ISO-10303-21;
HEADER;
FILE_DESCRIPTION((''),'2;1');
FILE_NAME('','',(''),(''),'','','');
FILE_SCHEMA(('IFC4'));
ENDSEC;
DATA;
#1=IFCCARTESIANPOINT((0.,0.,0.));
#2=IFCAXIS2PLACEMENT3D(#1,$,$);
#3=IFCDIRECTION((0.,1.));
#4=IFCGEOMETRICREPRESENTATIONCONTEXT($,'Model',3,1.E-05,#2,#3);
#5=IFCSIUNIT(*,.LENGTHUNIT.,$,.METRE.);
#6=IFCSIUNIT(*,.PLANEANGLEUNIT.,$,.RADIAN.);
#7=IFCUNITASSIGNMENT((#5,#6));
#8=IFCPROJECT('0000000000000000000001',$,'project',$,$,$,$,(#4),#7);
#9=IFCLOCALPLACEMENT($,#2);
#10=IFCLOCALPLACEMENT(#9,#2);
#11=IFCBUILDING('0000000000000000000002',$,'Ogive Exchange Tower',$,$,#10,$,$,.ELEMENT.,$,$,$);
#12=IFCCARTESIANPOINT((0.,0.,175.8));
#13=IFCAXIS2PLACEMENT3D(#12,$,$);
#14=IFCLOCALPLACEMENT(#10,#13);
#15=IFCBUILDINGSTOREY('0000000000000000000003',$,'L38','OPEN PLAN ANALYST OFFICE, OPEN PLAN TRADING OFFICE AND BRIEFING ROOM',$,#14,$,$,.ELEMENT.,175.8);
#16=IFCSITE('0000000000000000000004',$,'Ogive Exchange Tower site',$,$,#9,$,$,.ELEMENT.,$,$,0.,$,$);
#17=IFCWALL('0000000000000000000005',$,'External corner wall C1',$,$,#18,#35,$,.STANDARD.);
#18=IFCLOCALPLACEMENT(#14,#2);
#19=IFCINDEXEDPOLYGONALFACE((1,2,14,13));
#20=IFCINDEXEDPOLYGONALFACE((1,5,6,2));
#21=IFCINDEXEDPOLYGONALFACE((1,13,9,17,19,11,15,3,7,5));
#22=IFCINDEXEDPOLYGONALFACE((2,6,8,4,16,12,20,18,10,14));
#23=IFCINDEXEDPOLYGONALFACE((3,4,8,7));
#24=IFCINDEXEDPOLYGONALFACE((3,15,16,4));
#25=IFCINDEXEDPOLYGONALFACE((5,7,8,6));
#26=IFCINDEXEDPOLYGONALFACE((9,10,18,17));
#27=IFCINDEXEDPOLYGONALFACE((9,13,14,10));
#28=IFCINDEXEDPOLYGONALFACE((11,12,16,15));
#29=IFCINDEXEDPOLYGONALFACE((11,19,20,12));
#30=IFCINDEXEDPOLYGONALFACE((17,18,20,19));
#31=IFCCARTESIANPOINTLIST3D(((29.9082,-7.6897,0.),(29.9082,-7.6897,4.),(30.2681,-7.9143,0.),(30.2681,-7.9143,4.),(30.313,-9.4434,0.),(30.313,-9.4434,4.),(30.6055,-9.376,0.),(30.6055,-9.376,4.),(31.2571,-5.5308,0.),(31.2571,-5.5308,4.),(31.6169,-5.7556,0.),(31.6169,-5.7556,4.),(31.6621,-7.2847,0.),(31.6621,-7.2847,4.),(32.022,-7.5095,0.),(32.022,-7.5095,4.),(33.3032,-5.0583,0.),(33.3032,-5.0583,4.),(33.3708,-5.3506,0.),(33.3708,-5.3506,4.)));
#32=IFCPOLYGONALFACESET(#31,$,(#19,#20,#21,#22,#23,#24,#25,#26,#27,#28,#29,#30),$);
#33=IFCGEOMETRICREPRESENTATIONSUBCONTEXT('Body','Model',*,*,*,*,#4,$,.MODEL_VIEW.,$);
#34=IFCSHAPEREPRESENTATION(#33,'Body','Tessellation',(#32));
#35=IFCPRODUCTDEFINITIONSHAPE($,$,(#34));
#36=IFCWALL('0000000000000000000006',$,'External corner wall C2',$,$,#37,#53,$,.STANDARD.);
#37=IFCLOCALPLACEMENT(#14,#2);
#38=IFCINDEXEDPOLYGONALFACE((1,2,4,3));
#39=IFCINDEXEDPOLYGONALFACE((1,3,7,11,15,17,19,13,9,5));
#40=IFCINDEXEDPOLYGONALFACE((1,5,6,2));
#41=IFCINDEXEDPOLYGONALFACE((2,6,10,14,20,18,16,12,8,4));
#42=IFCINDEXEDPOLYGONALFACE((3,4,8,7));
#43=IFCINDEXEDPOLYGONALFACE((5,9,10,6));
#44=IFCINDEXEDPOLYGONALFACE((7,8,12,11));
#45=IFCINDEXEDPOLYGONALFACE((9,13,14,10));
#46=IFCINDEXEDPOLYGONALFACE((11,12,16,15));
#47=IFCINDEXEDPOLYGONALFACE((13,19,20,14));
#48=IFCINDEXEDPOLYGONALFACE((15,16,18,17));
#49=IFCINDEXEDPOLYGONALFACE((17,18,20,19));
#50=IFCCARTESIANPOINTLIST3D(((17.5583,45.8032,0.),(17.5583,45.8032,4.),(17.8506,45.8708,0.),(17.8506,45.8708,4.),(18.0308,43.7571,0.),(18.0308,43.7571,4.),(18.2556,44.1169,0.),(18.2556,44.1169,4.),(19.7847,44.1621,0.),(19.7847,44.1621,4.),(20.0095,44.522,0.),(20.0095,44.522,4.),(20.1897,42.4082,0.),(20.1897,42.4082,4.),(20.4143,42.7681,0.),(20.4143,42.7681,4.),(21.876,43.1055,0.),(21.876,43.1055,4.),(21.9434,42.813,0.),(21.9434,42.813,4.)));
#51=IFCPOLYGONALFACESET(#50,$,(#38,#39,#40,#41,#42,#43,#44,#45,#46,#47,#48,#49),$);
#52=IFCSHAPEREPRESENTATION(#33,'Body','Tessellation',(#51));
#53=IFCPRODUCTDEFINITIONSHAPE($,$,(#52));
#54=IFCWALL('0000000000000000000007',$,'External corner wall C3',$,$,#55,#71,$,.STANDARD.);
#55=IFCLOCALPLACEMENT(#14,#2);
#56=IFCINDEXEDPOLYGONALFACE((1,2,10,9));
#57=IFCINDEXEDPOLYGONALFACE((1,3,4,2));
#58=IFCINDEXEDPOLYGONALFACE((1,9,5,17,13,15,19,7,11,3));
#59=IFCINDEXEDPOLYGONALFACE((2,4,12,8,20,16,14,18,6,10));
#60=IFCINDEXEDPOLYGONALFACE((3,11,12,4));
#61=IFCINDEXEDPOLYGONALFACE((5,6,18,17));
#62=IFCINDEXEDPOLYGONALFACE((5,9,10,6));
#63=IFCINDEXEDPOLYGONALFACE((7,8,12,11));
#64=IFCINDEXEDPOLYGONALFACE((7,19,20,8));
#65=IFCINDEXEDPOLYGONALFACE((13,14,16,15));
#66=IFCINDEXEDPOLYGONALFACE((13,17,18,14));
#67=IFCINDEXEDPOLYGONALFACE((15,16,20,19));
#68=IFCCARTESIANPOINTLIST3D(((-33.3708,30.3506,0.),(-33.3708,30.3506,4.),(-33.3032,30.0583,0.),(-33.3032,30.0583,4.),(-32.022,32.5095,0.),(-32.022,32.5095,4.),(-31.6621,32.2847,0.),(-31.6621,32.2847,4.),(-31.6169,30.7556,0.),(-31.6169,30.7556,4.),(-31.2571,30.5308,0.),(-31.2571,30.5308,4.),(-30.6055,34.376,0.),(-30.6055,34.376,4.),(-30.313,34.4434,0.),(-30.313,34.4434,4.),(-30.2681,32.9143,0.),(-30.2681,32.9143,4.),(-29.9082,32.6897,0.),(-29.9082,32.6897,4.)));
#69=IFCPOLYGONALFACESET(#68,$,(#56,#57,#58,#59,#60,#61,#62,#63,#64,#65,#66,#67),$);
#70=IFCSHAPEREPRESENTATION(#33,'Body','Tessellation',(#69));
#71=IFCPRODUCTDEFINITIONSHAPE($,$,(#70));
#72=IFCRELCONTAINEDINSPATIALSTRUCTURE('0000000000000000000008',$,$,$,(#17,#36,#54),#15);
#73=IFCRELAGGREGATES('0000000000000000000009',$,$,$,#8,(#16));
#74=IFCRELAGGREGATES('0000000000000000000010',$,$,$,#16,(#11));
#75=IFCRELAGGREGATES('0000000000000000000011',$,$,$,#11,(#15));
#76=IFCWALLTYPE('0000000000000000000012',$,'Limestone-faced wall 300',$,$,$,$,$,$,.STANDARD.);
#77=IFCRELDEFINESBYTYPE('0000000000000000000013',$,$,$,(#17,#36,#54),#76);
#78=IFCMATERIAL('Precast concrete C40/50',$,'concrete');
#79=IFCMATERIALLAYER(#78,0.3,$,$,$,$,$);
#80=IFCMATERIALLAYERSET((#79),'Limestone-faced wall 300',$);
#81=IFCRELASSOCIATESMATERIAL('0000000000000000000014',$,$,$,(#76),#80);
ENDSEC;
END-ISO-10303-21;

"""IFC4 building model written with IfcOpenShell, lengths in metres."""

from ifc_helpers import new_model, si_unit, direction, frame, origin, place, context, subcontext, project, spatial, polyline, outline, extrude, material, layer, layer_set, type_object, element, save


model = new_model("IFC4")

# Units and contexts
model_context = context("Model", 3, precision=1e-05, world=origin(), true_north=direction((0.0, 1.0)))
body_context = subcontext(model_context, "Body", "Model", "MODEL_VIEW")
ifc_project = project(units=[si_unit("LENGTHUNIT", "METRE"), si_unit("PLANEANGLEUNIT", "RADIAN")], contexts=[model_context])

# Site, building, storey
site_placement = place(None, origin())
site = spatial("IfcSite", under=ifc_project, at=site_placement, Name="Ogive Exchange Tower site", CompositionType="ELEMENT", RefElevation=0.0)
building_placement = place(site_placement, origin())
building = spatial("IfcBuilding", under=site, at=building_placement, Name="Ogive Exchange Tower", CompositionType="ELEMENT")
storey_placement = place(building_placement, frame((0.0, 0.0, 175.8)))
storey = spatial("IfcBuildingStorey", under=building, at=storey_placement, Name="L38", Description="OPEN PLAN ANALYST OFFICE, OPEN PLAN TRADING OFFICE AND BRIEFING ROOM", CompositionType="ELEMENT", Elevation=175.8)

# Walls
ifc_material_1 = material(Name="Precast concrete C40/50", Category="concrete")
ifc_layer_1 = layer(ifc_material_1, 0.3)
ifc_layer_set_1 = layer_set([ifc_layer_1], Name="Limestone-faced wall 300")
wall_type_1 = type_object("IfcWallType", Name="Limestone-faced wall 300", PredefinedType="STANDARD", material=ifc_layer_set_1)
wall_1_placement = place(storey_placement, origin())
element("IfcWall", 1, at=wall_1_placement, inside=storey, type_object=wall_type_1, Name="External corner wall C1", PredefinedType="STANDARD", context=body_context, shape_type="SweptSolid", body=[
    extrude(outline(polyline([(31.6621, -7.2847), (31.2571, -5.5308), (33.3032, -5.0583), (33.3708, -5.3506), (31.6169, -5.7556), (32.022, -7.5095), (30.2681, -7.9143), (30.6055, -9.376), (30.313, -9.4434), (29.9082, -7.6897), (31.6621, -7.2847)])), origin(), (0.0, 0.0, 1.0), 4.0),
])
wall_2_placement = place(storey_placement, origin())
element("IfcWall", 2, at=wall_2_placement, inside=storey, type_object=wall_type_1, Name="External corner wall C2", PredefinedType="STANDARD", context=body_context, shape_type="SweptSolid", body=[
    extrude(outline(polyline([(19.7847, 44.1621), (18.0308, 43.7571), (17.5583, 45.8032), (17.8506, 45.8708), (18.2556, 44.1169), (20.0095, 44.522), (20.4143, 42.7681), (21.876, 43.1055), (21.9434, 42.813), (20.1897, 42.4082), (19.7847, 44.1621)])), origin(), (0.0, 0.0, 1.0), 4.0),
])
wall_3_placement = place(storey_placement, origin())
element("IfcWall", 3, at=wall_3_placement, inside=storey, type_object=wall_type_1, Name="External corner wall C3", PredefinedType="STANDARD", context=body_context, shape_type="SweptSolid", body=[
    extrude(outline(polyline([(-31.6169, 30.7556), (-32.022, 32.5095), (-30.2681, 32.9143), (-30.6055, 34.376), (-30.313, 34.4434), (-29.9082, 32.6897), (-31.6621, 32.2847), (-31.2571, 30.5308), (-33.3032, 30.0583), (-33.3708, 30.3506), (-31.6169, 30.7556)])), origin(), (0.0, 0.0, 1.0), 4.0),
])

save(model, "model.ifc")
